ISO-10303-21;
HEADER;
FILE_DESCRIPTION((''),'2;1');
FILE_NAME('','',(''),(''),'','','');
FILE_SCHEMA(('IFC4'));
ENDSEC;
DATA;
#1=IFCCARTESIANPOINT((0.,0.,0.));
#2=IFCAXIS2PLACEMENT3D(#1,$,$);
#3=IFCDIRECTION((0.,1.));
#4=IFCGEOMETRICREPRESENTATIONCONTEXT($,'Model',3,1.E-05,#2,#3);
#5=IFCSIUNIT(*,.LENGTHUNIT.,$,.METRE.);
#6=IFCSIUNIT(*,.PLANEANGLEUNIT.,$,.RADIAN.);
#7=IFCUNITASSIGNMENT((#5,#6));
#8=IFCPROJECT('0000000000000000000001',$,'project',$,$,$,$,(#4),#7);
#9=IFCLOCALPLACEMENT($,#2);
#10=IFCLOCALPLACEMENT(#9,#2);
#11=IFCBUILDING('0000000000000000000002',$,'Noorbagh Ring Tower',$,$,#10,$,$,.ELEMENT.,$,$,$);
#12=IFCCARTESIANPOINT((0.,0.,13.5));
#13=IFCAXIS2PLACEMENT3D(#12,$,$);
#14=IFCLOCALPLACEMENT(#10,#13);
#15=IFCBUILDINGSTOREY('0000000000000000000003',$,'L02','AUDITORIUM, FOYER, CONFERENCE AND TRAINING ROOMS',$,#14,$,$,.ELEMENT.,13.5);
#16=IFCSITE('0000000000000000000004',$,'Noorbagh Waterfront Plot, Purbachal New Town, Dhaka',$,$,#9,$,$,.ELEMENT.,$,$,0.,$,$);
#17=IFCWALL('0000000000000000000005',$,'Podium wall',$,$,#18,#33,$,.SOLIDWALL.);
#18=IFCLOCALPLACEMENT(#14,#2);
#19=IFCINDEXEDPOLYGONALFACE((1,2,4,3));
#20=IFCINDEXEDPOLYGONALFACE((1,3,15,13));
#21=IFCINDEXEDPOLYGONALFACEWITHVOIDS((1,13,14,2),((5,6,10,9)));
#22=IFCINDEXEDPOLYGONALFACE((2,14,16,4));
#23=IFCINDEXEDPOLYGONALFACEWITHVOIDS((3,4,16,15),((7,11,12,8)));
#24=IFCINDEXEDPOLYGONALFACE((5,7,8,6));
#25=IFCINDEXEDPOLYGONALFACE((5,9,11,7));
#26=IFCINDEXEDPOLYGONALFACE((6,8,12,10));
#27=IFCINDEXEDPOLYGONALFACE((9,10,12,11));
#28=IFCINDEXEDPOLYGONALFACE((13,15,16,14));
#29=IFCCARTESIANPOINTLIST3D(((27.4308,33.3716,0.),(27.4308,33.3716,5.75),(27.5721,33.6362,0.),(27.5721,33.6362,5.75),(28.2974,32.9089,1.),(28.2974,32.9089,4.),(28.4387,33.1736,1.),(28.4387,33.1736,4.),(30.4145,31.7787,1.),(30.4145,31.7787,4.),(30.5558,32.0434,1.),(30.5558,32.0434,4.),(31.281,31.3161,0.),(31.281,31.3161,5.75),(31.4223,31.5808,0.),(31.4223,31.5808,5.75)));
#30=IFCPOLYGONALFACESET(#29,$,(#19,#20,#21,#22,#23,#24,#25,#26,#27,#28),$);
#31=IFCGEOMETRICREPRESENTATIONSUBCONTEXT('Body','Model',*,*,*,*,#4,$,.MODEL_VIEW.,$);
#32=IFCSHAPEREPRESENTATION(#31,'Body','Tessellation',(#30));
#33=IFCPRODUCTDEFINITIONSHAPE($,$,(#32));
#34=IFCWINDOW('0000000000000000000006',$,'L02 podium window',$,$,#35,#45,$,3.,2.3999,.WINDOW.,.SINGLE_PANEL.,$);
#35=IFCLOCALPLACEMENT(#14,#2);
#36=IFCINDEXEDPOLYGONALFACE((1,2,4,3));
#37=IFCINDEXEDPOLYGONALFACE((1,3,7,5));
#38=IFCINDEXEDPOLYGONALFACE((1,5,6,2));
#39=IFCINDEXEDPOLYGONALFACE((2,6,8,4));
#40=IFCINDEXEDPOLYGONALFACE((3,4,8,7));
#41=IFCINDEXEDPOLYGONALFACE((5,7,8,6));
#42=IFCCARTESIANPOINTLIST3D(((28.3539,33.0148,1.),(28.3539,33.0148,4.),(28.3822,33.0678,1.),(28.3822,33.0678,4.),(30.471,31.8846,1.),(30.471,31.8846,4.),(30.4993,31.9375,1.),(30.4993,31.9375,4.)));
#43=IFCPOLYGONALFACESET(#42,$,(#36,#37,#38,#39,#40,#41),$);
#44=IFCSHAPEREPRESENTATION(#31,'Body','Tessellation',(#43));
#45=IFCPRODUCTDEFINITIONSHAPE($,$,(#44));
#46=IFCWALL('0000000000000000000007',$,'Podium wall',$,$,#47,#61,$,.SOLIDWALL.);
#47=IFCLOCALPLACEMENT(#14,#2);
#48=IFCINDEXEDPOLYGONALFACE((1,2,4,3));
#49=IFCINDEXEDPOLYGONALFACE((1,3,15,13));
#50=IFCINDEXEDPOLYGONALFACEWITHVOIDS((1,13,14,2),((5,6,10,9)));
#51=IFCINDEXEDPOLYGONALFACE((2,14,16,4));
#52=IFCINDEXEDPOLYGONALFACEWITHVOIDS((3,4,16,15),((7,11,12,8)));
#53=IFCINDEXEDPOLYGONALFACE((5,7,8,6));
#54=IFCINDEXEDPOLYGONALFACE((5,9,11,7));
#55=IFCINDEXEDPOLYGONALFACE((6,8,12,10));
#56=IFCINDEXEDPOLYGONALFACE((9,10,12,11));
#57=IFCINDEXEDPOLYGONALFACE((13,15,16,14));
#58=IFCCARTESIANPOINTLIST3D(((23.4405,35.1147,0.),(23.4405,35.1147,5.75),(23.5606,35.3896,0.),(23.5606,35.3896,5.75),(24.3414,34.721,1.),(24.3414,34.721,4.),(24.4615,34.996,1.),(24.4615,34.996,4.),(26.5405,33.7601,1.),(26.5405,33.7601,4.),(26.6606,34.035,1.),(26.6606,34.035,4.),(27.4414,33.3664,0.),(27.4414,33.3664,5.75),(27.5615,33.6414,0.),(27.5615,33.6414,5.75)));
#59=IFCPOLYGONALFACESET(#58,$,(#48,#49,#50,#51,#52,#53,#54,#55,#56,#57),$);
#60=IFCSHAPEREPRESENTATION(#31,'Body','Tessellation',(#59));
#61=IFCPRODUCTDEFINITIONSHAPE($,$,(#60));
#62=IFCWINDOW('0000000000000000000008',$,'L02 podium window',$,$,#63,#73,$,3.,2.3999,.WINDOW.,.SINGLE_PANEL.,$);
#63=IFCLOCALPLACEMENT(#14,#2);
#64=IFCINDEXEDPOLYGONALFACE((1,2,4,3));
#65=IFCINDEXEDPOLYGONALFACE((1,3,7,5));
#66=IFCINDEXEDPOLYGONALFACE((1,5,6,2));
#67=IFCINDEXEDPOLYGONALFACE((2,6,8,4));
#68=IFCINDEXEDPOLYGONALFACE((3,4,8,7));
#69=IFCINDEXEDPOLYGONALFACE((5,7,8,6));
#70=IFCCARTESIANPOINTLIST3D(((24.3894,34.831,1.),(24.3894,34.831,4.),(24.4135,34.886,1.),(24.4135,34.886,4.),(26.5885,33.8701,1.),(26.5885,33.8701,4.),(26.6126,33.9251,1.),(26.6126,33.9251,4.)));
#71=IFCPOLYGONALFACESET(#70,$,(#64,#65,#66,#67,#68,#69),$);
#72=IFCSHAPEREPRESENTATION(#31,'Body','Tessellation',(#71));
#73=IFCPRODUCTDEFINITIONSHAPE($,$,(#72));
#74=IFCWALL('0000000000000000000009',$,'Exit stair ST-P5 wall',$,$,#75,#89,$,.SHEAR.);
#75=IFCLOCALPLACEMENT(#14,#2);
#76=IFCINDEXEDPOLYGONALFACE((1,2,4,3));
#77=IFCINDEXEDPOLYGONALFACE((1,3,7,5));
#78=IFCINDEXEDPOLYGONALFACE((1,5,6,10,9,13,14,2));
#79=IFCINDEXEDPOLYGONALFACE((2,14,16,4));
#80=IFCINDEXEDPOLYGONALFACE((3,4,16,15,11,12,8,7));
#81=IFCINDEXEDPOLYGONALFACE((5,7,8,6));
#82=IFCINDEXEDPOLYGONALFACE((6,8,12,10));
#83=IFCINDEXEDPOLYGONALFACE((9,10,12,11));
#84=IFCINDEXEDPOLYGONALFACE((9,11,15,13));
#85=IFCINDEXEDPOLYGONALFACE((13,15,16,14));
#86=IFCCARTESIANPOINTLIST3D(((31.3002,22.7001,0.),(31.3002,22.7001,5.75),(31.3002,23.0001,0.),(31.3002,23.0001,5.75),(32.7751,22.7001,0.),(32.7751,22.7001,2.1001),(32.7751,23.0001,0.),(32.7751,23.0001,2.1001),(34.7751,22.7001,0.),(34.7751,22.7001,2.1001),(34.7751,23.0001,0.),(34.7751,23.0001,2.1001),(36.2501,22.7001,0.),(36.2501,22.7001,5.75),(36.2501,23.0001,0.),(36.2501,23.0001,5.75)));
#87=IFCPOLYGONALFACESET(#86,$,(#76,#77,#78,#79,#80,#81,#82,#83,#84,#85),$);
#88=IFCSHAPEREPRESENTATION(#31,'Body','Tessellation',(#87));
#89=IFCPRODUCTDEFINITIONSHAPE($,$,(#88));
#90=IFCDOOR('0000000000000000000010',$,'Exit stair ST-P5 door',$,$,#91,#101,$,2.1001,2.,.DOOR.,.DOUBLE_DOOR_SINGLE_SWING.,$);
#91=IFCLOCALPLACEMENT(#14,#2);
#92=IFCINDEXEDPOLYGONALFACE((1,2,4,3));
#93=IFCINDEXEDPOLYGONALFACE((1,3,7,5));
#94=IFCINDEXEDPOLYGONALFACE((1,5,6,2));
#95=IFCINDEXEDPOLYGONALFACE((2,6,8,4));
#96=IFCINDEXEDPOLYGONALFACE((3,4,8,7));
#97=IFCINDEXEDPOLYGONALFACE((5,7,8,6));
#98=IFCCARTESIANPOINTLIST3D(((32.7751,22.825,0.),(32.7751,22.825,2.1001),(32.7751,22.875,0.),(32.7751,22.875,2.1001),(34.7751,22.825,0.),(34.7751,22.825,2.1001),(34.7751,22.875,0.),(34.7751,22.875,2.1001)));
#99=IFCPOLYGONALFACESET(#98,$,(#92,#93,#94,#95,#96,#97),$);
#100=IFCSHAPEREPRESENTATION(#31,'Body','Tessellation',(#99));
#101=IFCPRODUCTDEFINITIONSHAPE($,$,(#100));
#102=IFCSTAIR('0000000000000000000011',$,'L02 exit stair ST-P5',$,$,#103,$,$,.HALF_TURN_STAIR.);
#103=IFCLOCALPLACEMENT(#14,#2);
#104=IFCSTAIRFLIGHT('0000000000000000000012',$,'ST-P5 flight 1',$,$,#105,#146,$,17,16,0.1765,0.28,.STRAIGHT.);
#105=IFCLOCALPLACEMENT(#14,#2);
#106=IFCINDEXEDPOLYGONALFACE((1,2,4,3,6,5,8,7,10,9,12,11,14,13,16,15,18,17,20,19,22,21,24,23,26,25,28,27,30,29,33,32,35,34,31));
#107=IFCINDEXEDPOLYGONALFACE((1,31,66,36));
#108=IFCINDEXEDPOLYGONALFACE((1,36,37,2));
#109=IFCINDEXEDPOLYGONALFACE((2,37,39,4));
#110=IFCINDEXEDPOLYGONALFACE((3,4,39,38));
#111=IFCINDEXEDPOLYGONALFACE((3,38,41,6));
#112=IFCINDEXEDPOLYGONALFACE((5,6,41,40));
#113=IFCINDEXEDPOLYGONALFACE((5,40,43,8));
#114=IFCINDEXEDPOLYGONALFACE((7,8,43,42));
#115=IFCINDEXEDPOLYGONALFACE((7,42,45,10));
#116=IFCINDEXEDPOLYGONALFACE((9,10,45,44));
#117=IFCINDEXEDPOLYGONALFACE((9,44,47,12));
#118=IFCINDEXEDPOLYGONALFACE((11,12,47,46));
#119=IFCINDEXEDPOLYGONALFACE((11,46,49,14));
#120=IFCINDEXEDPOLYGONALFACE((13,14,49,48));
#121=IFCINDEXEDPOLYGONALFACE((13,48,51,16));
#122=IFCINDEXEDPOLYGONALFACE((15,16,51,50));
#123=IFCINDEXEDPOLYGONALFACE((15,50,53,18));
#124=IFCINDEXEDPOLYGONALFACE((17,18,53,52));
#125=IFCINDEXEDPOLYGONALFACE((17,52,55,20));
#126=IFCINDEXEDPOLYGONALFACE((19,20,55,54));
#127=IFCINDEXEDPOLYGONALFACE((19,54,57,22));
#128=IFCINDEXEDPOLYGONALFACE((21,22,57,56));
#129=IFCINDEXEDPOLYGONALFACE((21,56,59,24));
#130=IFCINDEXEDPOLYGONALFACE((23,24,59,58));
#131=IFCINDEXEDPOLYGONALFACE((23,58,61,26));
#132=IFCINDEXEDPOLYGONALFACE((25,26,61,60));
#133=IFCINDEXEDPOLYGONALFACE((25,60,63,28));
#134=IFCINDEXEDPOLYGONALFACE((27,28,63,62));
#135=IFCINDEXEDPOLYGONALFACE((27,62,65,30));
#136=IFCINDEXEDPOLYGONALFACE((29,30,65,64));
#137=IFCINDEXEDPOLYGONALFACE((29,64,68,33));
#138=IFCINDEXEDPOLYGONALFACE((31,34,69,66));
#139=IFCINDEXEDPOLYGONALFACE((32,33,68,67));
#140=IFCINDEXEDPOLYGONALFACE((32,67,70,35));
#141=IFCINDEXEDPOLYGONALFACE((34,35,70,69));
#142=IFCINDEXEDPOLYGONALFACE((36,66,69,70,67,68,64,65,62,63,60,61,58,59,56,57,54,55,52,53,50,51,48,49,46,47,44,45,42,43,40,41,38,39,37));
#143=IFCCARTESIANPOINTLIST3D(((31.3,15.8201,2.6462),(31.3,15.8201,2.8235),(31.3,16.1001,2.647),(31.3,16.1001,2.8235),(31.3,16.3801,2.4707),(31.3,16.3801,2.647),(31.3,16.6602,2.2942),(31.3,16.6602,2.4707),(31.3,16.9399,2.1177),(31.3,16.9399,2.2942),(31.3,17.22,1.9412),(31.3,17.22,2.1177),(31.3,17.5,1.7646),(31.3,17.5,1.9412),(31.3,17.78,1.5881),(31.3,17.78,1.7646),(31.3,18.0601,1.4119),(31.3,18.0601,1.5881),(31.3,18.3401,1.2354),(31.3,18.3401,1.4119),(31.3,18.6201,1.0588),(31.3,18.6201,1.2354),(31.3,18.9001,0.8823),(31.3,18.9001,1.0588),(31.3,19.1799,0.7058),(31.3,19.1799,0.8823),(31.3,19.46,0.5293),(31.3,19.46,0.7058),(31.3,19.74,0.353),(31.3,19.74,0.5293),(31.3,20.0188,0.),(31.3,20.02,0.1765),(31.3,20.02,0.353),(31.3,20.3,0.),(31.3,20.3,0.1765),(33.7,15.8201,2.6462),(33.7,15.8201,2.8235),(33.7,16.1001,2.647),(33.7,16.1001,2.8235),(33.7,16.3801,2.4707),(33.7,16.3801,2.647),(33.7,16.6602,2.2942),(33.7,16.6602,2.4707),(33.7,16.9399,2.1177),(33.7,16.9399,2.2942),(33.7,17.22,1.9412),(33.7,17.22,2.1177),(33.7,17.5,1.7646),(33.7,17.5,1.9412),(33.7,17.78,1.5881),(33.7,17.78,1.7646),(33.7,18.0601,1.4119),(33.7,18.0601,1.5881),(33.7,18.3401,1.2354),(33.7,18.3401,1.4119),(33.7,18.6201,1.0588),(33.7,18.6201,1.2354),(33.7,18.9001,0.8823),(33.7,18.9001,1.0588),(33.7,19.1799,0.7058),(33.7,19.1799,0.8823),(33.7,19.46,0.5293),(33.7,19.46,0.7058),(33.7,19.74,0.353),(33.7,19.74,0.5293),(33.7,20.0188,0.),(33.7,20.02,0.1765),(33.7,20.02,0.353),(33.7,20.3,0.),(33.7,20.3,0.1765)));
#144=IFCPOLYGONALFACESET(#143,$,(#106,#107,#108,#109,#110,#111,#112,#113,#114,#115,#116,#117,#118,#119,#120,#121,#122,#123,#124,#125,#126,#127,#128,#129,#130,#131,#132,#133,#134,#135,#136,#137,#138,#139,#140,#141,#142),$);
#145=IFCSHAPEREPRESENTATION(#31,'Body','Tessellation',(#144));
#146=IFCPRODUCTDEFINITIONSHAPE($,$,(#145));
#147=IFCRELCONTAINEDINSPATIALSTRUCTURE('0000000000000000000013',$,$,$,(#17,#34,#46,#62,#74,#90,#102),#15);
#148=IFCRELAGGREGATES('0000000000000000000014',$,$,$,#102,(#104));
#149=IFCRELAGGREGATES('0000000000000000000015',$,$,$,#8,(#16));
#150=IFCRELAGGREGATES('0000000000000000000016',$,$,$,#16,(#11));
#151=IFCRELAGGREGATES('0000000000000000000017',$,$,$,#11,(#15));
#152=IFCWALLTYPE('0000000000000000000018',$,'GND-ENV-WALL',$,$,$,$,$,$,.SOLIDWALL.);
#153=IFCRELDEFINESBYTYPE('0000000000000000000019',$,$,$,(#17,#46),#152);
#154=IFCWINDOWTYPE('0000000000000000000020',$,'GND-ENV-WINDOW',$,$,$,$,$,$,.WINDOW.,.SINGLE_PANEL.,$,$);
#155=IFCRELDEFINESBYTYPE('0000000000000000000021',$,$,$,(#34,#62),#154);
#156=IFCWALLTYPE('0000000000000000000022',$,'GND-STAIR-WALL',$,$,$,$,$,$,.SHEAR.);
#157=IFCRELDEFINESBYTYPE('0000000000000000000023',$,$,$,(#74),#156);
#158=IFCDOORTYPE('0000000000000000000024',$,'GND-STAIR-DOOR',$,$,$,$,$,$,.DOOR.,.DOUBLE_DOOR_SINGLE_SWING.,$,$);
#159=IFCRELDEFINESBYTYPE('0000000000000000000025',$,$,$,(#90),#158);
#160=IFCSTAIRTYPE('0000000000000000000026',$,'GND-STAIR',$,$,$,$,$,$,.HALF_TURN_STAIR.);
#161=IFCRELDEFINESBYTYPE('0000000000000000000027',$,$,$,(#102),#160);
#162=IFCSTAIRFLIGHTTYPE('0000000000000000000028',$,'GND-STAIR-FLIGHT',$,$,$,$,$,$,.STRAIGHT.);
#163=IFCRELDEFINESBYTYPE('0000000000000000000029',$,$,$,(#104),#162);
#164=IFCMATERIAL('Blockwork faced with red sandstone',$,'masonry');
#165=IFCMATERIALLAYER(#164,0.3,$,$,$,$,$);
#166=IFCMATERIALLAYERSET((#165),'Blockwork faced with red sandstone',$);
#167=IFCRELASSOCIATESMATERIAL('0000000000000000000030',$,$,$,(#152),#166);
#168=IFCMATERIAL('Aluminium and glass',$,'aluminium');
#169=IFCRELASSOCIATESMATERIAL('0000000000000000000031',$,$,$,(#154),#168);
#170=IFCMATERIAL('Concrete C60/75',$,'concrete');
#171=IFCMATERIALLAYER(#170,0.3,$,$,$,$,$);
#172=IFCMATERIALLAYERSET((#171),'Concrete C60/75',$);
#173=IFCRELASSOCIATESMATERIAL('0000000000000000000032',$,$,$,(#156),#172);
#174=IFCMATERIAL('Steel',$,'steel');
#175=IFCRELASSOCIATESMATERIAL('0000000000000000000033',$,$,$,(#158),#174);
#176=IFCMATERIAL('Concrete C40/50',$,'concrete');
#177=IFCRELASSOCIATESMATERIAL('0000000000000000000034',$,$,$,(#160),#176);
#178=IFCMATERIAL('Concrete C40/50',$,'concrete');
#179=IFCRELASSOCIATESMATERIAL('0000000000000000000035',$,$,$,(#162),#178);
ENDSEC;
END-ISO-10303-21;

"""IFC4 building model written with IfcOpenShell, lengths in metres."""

from ifc_helpers import new_model, si_unit, direction, frame, frame_2d, origin, place, context, subcontext, project, spatial, polyline, rectangle, outline, extrude, material, layer, layer_set, type_object, element, fill, aggregate, save


model = new_model("IFC4")

# Units and contexts
model_context = context("Model", 3, precision=1e-05, world=origin(), true_north=direction((0.0, 1.0)))
body_context = subcontext(model_context, "Body", "Model", "MODEL_VIEW")
ifc_project = project(units=[si_unit("LENGTHUNIT", "METRE"), si_unit("PLANEANGLEUNIT", "RADIAN")], contexts=[model_context])

# Site, building, storey
site_placement = place(None, origin())
site = spatial("IfcSite", under=ifc_project, at=site_placement, Name="Noorbagh Waterfront Plot, Purbachal New Town, Dhaka", CompositionType="ELEMENT", RefElevation=0.0)
building_placement = place(site_placement, origin())
building = spatial("IfcBuilding", under=site, at=building_placement, Name="Noorbagh Ring Tower", CompositionType="ELEMENT")
storey_placement = place(building_placement, frame((0.0, 0.0, 13.5)))
storey = spatial("IfcBuildingStorey", under=building, at=storey_placement, Name="L02", Description="AUDITORIUM, FOYER, CONFERENCE AND TRAINING ROOMS", CompositionType="ELEMENT", Elevation=13.5)

# Walls, openings, windows
ifc_material_1 = material(Name="Blockwork faced with red sandstone", Category="masonry")
ifc_layer_1 = layer(ifc_material_1, 0.3)
ifc_layer_set_1 = layer_set([ifc_layer_1], Name="Blockwork faced with red sandstone")
wall_type_1 = type_object("IfcWallType", Name="GND-ENV-WALL", PredefinedType="SOLIDWALL", material=ifc_layer_set_1)
wall_1_placement = place(storey_placement, frame((31.3516, 31.4485, 0.0), z_axis=(0.0, 0.0, 1.0), x_axis=(-0.882159, 0.470951, 0.0)))
wall_1 = element("IfcWall", 1, at=wall_1_placement, inside=storey, type_object=wall_type_1, Name="Podium wall", PredefinedType="SOLIDWALL", context=body_context, shape_type="SweptSolid", body=[
    extrude(rectangle(XDim=4.3645, YDim=0.3, at=frame_2d((2.1821, 0.0))), origin(), (0.0, 0.0, 1.0), 5.75),
])
opening_1_placement = place(wall_1_placement, frame((0.9822, 0.0, 1.0)))
opening_1 = element("IfcOpeningElement", 2, at=opening_1_placement, cuts=wall_1, PredefinedType="OPENING", context=body_context, shape_type="SweptSolid", body=[
    extrude(rectangle(XDim=2.3999, YDim=3.0, at=frame_2d((1.2, 1.5))), frame((0.0, 0.1602, 0.0), z_axis=(0.0, -1.0, 0.0), x_axis=(1.0, 0.0, 0.0)), (0.0, 0.0, 1.0), 0.3201),
])
ifc_material_2 = material(Name="Aluminium and glass", Category="aluminium")
window_type = type_object("IfcWindowType", Name="GND-ENV-WINDOW", PartitioningType="SINGLE_PANEL", PredefinedType="WINDOW", material=ifc_material_2)
window_1_placement = place(opening_1_placement, origin())
window_1 = element("IfcWindow", 3, at=window_1_placement, inside=storey, type_object=window_type, Name="L02 podium window", OverallHeight=3.0, OverallWidth=2.3999, PartitioningType="SINGLE_PANEL", PredefinedType="WINDOW", context=body_context, shape_type="SweptSolid", body=[
    extrude(rectangle(XDim=2.3999, YDim=3.0, at=frame_2d((1.2, 1.5))), frame((0.0, 0.03, 0.0), z_axis=(0.0, -1.0, 0.0), x_axis=(1.0, 0.0, 0.0)), (0.0, 0.0, 1.0), 0.0601),
])
fill(opening_1, window_1)
wall_2_placement = place(storey_placement, frame((27.5015, 33.5039, 0.0), z_axis=(0.0, 0.0, 1.0), x_axis=(-0.916337, 0.400408, 0.0)))
wall_2 = element("IfcWall", 4, at=wall_2_placement, inside=storey, type_object=wall_type_1, Name="Podium wall", PredefinedType="SOLIDWALL", context=body_context, shape_type="SweptSolid", body=[
    extrude(rectangle(XDim=4.3662, YDim=0.3, at=frame_2d((2.1831, 0.0))), origin(), (0.0, 0.0, 1.0), 5.75),
])
opening_2_placement = place(wall_2_placement, frame((0.9832, 0.0, 1.0)))
opening_2 = element("IfcOpeningElement", 5, at=opening_2_placement, cuts=wall_2, PredefinedType="OPENING", context=body_context, shape_type="SweptSolid", body=[
    extrude(rectangle(XDim=2.3999, YDim=3.0, at=frame_2d((1.2, 1.5))), frame((0.0, 0.1602, 0.0), z_axis=(0.0, -1.0, 0.0), x_axis=(1.0, 0.0, 0.0)), (0.0, 0.0, 1.0), 0.3201),
])
window_2_placement = place(opening_2_placement, origin())
window_2 = element("IfcWindow", 6, at=window_2_placement, inside=storey, type_object=window_type, Name="L02 podium window", OverallHeight=3.0, OverallWidth=2.3999, PartitioningType="SINGLE_PANEL", PredefinedType="WINDOW", context=body_context, shape_type="SweptSolid", body=[
    extrude(rectangle(XDim=2.3999, YDim=3.0, at=frame_2d((1.2, 1.5))), frame((0.0, 0.03, 0.0), z_axis=(0.0, -1.0, 0.0), x_axis=(1.0, 0.0, 0.0)), (0.0, 0.0, 1.0), 0.0601),
])
fill(opening_2, window_2)

# Wall, opening, door
ifc_material_3 = material(Name="Concrete C60/75", Category="concrete")
ifc_layer_2 = layer(ifc_material_3, 0.3)
ifc_layer_set_2 = layer_set([ifc_layer_2], Name="Concrete C60/75")
wall_type_2 = type_object("IfcWallType", Name="GND-STAIR-WALL", PredefinedType="SHEAR", material=ifc_layer_set_2)
wall_3_placement = place(storey_placement, frame((31.3, 22.8501, 0.0), z_axis=(0.0, 0.0, 1.0), x_axis=(1.0, 0.0, 0.0)))
wall_3 = element("IfcWall", 7, at=wall_3_placement, inside=storey, type_object=wall_type_2, Name="Exit stair ST-P5 wall", PredefinedType="SHEAR", context=body_context, shape_type="SweptSolid", body=[
    extrude(rectangle(XDim=4.95, YDim=0.3, at=frame_2d((2.4751, 0.0))), origin(), (0.0, 0.0, 1.0), 5.75),
])
opening_3_placement = place(wall_3_placement, frame((1.4751, 0.0, 0.0)))
opening_3 = element("IfcOpeningElement", 8, at=opening_3_placement, cuts=wall_3, PredefinedType="OPENING", context=body_context, shape_type="SweptSolid", body=[
    extrude(rectangle(XDim=2.0, YDim=2.1001, at=frame_2d((1.0, 1.05))), frame((0.0, 0.1602, 0.0), z_axis=(0.0, -1.0, 0.0), x_axis=(1.0, 0.0, 0.0)), (0.0, 0.0, 1.0), 0.3201),
])
ifc_material_4 = material(Name="Steel", Category="steel")
door_type = type_object("IfcDoorType", Name="GND-STAIR-DOOR", OperationType="DOUBLE_DOOR_SINGLE_SWING", PredefinedType="DOOR", material=ifc_material_4)
door_placement = place(opening_3_placement, origin())
door = element("IfcDoor", 9, at=door_placement, inside=storey, type_object=door_type, Name="Exit stair ST-P5 door", OperationType="DOUBLE_DOOR_SINGLE_SWING", OverallHeight=2.1001, OverallWidth=2.0, PredefinedType="DOOR", context=body_context, shape_type="SweptSolid", body=[
    extrude(rectangle(XDim=2.0, YDim=2.1001, at=frame_2d((1.0, 1.05))), frame((0.0, 0.0249, 0.0), z_axis=(0.0, -1.0, 0.0), x_axis=(1.0, 0.0, 0.0)), (0.0, 0.0, 1.0), 0.05),
])
fill(opening_3, door)

# Stair, stair flight
ifc_material_5 = material(Name="Concrete C40/50", Category="concrete")
stair_type = type_object("IfcStairType", Name="GND-STAIR", PredefinedType="HALF_TURN_STAIR", material=ifc_material_5)
stair_placement = place(storey_placement, origin())
stair = element("IfcStair", 10, at=stair_placement, inside=storey, type_object=stair_type, Name="L02 exit stair ST-P5", PredefinedType="HALF_TURN_STAIR")
ifc_material_6 = material(Name="Concrete C40/50", Category="concrete")
stair_flight_type = type_object("IfcStairFlightType", Name="GND-STAIR-FLIGHT", PredefinedType="STRAIGHT", material=ifc_material_6)
stair_flight_placement = place(storey_placement, frame((32.5, 20.3, 0.0), z_axis=(0.0, 0.0, 1.0), x_axis=(0.0, -1.0, 0.0)))
stair_flight = element("IfcStairFlight", 11, at=stair_flight_placement, type_object=stair_flight_type, Name="ST-P5 flight 1", NumberOfRisers=17, NumberOfTreads=16, PredefinedType="STRAIGHT", RiserHeight=0.1765, TreadLength=0.28, context=body_context, shape_type="SweptSolid", body=[
    extrude(outline(polyline([(0.0, 0.0), (0.0, 0.1765), (0.28, 0.1765), (0.28, 0.353), (0.5601, 0.353), (0.5601, 0.5293), (0.8401, 0.5293), (0.8401, 0.7058), (1.1201, 0.7058), (1.1201, 0.8823), (1.3999, 0.8823), (1.3999, 1.0588), (1.6799, 1.0588), (1.6799, 1.2354), (1.96, 1.2354), (1.96, 1.4119), (2.24, 1.4119), (2.24, 1.5881), (2.52, 1.5881), (2.52, 1.7646), (2.8, 1.7646), (2.8, 1.9412), (3.0801, 1.9412), (3.0801, 2.1177), (3.3601, 2.1177), (3.3601, 2.2942), (3.6399, 2.2942), (3.6399, 2.4707), (3.9199, 2.4707), (3.9199, 2.647), (4.2, 2.647), (4.2, 2.8235), (4.48, 2.8235), (4.48, 3.0), (4.48, 2.6462), (0.2812, 0.0), (0.0, 0.0)])), frame((0.0, 1.2, 0.0), z_axis=(0.0, -1.0, 0.0), x_axis=(1.0, 0.0, 0.0)), (0.0, 0.0, 1.0), 2.3999),
])
aggregate(stair, [stair_flight])

save(model, "model.ifc")
